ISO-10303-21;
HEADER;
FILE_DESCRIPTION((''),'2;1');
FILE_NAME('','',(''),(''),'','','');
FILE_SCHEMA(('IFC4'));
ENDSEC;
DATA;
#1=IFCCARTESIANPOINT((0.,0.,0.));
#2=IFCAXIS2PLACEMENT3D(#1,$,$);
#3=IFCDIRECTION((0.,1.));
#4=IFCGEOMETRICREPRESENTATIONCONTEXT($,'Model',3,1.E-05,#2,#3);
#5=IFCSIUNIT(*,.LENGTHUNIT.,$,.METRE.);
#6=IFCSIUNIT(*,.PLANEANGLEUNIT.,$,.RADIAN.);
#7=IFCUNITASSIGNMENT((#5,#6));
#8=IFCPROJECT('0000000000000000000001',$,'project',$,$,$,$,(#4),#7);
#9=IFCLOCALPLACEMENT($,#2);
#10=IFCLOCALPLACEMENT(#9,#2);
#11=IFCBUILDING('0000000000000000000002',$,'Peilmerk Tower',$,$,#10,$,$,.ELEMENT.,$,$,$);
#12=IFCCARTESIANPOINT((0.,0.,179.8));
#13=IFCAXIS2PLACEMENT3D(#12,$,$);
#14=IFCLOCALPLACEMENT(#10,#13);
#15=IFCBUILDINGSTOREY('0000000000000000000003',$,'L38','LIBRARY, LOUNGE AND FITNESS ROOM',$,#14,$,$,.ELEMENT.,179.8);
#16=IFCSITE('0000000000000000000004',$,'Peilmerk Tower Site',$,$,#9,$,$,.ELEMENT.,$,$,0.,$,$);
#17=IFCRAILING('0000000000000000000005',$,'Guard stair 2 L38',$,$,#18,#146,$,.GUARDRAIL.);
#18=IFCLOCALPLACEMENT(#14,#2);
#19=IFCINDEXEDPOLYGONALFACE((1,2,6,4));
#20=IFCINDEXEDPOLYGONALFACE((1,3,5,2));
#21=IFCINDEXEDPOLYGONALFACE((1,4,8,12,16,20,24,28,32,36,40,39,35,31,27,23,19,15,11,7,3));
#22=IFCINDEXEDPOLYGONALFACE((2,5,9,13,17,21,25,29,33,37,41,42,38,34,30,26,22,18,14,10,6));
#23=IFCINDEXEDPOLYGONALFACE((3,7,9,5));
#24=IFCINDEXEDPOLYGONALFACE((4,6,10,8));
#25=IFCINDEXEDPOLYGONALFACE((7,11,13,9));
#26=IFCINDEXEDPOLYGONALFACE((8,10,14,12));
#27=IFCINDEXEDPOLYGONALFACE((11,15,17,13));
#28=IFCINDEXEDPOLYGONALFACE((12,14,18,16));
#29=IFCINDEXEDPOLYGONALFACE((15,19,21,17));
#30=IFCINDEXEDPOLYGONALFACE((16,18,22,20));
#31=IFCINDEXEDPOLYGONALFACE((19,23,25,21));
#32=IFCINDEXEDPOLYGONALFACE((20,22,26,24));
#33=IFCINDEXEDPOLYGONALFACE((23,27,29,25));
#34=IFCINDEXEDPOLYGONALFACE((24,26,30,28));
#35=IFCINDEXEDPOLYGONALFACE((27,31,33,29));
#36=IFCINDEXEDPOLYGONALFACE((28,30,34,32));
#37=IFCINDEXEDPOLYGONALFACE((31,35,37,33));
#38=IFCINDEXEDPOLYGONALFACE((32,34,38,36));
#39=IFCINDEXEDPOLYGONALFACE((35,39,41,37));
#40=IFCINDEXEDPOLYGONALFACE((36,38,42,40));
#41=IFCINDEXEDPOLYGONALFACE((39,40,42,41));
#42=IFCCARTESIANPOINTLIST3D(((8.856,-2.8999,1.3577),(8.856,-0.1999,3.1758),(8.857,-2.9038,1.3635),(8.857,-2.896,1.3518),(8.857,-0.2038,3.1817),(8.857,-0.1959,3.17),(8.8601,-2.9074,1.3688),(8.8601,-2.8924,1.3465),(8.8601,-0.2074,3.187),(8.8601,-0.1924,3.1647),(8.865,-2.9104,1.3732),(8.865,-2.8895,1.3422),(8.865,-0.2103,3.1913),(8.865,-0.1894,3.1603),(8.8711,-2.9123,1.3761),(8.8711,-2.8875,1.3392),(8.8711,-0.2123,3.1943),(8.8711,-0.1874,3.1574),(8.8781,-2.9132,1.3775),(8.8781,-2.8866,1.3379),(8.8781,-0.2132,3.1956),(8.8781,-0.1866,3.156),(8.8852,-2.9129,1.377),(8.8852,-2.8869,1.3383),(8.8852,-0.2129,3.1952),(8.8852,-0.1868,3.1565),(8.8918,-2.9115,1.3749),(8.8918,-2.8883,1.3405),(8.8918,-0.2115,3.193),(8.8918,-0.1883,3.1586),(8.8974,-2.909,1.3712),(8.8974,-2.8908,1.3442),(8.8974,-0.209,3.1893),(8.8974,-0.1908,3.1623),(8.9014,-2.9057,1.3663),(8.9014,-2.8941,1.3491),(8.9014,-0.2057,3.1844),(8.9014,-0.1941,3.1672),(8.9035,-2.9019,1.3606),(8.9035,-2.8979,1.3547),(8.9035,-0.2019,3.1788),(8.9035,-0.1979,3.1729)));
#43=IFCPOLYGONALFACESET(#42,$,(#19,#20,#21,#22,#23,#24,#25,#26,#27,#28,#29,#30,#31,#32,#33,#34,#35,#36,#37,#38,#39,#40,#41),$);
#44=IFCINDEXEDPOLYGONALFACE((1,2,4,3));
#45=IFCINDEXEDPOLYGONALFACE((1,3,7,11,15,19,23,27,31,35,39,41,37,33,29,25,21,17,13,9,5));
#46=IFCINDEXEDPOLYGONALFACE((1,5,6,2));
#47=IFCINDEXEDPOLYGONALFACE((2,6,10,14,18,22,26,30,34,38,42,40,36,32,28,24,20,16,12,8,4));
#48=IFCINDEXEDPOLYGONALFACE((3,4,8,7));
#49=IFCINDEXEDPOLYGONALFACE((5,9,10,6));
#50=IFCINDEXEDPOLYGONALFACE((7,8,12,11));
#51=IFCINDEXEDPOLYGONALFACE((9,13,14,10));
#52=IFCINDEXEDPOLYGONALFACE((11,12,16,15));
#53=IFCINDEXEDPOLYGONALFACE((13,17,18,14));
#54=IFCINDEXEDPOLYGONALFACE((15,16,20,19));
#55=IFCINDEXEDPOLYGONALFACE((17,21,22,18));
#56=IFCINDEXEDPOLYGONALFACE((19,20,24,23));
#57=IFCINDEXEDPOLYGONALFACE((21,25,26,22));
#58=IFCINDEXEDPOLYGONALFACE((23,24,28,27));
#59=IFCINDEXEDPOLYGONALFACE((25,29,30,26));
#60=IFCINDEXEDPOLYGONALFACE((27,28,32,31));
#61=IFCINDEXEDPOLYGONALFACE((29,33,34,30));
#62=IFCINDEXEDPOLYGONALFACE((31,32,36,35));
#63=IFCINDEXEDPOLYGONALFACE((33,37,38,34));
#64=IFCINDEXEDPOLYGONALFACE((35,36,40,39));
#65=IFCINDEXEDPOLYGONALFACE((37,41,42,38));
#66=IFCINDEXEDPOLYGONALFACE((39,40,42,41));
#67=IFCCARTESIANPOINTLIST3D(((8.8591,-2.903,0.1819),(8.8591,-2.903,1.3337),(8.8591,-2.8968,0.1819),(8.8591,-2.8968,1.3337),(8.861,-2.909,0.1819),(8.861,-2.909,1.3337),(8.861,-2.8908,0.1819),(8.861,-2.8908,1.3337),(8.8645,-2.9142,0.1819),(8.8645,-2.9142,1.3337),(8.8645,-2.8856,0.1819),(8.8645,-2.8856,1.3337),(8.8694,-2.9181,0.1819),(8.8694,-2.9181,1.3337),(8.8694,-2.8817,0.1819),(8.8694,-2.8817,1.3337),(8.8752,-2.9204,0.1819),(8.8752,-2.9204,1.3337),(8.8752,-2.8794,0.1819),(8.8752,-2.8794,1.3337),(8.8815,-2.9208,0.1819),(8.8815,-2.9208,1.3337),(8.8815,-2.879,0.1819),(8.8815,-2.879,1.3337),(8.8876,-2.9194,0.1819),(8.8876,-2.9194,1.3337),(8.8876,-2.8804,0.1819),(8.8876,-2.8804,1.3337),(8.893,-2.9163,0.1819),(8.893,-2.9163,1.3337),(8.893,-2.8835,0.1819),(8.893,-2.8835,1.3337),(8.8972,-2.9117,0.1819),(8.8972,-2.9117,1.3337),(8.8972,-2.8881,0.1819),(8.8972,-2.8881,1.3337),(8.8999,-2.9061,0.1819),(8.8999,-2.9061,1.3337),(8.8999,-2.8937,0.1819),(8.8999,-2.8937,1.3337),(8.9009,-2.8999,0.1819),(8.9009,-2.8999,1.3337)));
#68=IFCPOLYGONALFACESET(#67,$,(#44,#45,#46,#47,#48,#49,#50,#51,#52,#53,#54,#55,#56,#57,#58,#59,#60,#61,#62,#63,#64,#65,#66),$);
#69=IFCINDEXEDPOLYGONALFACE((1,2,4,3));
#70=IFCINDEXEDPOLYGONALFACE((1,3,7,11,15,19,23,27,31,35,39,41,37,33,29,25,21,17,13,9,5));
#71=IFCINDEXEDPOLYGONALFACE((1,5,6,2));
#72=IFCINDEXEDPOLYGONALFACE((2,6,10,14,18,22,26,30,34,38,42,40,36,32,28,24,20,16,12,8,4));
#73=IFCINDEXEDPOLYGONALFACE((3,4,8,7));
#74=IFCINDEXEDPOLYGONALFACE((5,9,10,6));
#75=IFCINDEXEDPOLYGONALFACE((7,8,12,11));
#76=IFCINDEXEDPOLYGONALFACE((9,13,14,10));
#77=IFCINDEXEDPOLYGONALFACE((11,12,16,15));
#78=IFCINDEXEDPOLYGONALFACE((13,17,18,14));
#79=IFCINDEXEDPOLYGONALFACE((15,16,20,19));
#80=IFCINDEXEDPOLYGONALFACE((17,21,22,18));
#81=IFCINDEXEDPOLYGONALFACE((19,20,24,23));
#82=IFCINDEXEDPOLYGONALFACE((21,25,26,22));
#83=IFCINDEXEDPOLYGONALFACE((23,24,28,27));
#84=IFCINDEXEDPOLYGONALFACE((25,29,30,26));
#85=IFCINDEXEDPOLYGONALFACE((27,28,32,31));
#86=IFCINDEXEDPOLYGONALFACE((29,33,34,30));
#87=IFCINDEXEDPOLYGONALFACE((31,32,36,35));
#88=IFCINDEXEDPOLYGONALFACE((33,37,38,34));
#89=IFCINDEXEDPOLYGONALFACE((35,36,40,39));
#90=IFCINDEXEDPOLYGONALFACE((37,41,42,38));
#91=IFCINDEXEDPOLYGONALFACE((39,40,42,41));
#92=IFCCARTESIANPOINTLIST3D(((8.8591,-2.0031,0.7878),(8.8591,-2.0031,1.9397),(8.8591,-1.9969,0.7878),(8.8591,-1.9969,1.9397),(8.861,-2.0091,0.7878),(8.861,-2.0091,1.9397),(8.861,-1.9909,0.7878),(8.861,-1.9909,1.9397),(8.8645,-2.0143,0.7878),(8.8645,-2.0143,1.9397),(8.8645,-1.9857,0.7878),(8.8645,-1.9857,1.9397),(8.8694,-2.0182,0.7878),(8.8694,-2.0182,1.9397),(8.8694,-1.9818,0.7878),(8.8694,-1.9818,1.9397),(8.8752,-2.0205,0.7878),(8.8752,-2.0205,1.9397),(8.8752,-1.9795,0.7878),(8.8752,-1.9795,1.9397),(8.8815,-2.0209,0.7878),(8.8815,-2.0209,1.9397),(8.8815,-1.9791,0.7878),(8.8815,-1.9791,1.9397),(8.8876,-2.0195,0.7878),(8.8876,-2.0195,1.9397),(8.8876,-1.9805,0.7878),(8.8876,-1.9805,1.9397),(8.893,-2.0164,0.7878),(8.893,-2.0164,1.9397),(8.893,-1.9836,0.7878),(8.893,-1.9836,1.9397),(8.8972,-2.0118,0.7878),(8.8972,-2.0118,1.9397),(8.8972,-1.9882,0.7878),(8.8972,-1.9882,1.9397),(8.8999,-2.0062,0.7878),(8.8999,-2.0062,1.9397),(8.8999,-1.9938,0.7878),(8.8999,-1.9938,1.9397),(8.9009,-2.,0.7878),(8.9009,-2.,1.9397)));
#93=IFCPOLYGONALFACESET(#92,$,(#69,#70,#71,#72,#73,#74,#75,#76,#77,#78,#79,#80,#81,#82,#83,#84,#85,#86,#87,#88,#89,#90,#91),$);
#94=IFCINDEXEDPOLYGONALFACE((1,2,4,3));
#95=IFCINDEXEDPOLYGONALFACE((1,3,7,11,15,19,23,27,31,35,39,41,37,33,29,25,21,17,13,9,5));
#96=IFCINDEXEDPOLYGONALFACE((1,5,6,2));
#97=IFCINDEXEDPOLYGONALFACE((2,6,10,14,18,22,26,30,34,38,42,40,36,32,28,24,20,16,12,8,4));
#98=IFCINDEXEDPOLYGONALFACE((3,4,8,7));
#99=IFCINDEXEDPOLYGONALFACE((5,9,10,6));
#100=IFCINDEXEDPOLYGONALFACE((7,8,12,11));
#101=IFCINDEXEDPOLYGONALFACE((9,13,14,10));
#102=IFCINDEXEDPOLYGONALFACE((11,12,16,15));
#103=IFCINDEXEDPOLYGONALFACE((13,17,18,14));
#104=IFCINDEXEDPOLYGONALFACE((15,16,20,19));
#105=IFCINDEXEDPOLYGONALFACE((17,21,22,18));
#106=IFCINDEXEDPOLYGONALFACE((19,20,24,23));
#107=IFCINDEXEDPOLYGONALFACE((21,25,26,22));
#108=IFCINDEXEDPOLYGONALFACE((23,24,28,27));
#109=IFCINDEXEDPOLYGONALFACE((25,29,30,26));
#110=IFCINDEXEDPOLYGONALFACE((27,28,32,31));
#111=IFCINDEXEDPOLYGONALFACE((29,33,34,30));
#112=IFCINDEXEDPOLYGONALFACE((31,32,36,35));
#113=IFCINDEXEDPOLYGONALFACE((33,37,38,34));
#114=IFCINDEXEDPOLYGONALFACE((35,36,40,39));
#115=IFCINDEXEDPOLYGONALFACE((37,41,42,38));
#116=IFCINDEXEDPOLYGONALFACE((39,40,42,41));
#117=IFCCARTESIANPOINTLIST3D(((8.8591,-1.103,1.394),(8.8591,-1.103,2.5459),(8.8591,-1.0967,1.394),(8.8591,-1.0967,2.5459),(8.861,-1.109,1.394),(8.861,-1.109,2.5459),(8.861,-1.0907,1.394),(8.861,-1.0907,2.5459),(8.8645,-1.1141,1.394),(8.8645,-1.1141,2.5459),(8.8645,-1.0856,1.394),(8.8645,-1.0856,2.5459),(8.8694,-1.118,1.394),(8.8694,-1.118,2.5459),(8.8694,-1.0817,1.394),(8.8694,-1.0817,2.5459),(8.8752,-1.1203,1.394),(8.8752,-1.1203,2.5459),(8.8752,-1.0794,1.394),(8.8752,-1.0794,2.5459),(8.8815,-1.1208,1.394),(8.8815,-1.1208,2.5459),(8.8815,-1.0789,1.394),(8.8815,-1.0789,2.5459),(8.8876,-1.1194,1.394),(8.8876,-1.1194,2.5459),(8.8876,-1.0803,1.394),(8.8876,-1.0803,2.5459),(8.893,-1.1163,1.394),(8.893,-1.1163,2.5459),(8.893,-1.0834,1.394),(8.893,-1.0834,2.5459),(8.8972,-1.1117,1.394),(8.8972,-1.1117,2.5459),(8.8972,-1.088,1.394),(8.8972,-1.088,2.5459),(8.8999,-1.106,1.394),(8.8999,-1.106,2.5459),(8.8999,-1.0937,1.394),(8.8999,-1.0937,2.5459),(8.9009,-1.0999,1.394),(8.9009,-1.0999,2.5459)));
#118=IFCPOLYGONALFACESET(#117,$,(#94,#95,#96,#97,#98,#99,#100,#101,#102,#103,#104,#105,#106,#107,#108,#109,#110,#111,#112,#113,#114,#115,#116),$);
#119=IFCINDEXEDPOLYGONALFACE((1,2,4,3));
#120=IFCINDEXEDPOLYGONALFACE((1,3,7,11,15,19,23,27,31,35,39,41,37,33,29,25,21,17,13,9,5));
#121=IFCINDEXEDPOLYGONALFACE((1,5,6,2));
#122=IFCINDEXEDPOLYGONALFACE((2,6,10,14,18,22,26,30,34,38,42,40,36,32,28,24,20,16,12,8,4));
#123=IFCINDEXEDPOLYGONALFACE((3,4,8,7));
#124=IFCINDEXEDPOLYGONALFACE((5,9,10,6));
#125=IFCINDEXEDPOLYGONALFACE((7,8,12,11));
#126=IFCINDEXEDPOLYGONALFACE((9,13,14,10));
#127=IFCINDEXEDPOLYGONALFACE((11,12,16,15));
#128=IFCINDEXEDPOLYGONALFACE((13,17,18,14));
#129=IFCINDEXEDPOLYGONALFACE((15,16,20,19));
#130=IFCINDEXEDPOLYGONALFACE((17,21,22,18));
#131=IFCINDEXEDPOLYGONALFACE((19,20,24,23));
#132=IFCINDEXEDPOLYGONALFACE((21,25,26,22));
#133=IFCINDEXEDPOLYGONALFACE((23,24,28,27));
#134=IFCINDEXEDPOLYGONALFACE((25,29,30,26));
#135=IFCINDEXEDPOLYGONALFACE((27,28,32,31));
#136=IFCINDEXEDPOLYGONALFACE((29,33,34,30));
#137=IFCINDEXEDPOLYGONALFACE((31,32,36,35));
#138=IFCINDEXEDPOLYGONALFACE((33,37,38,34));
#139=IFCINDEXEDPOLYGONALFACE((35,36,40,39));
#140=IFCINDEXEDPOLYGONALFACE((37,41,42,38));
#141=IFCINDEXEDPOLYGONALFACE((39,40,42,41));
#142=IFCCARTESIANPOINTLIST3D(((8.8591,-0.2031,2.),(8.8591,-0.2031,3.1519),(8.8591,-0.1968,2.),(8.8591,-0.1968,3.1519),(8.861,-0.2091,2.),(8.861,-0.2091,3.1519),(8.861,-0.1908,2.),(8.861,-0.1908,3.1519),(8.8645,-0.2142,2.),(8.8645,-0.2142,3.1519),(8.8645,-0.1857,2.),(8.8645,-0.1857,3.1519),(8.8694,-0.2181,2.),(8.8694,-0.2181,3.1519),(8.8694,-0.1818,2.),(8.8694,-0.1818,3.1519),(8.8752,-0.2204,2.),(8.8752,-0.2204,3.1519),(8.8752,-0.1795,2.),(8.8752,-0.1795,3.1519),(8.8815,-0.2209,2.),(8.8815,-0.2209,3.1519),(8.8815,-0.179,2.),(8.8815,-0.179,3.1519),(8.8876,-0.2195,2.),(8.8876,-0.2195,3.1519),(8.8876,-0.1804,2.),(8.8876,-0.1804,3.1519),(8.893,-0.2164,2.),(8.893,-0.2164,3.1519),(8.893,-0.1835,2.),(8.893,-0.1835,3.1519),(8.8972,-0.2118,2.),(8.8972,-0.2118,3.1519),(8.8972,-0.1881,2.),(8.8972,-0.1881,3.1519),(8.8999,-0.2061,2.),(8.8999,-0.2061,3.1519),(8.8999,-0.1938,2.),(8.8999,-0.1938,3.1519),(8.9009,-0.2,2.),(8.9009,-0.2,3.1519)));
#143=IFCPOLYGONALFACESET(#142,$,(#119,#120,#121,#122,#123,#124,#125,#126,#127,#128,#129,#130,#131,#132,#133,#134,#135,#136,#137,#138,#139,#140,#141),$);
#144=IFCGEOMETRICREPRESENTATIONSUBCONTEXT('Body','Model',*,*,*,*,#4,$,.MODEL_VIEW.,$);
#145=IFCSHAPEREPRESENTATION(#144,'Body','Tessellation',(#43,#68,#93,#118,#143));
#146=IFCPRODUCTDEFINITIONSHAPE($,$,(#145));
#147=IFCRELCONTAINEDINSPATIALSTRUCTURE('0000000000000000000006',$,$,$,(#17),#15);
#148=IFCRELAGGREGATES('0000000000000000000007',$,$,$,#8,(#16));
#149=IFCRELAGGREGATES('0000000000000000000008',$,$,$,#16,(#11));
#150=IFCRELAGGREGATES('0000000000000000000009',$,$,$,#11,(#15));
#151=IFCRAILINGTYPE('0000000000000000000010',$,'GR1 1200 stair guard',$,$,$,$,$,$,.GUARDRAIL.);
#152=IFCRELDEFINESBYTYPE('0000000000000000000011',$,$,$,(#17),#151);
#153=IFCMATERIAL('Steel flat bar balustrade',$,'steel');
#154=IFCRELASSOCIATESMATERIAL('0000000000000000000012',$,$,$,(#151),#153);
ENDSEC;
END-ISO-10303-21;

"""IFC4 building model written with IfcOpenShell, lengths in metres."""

from ifc_helpers import new_model, si_unit, direction, frame, origin, origin_2d, place, context, subcontext, project, spatial, circle, extrude, material, type_object, element, save


model = new_model("IFC4")

# Units and contexts
model_context = context("Model", 3, precision=1e-05, world=origin(), true_north=direction((0.0, 1.0)))
body_context = subcontext(model_context, "Body", "Model", "MODEL_VIEW")
ifc_project = project(units=[si_unit("LENGTHUNIT", "METRE"), si_unit("PLANEANGLEUNIT", "RADIAN")], contexts=[model_context])

# Site, building, storey
site_placement = place(None, origin())
site = spatial("IfcSite", under=ifc_project, at=site_placement, Name="Peilmerk Tower Site", CompositionType="ELEMENT", RefElevation=0.0)
building_placement = place(site_placement, origin())
building = spatial("IfcBuilding", under=site, at=building_placement, Name="Peilmerk Tower", CompositionType="ELEMENT")
storey_placement = place(building_placement, frame((0.0, 0.0, 179.8)))
storey = spatial("IfcBuildingStorey", under=building, at=storey_placement, Name="L38", Description="LIBRARY, LOUNGE AND FITNESS ROOM", CompositionType="ELEMENT", Elevation=179.8)

# Railing
ifc_material_1 = material(Name="Steel flat bar balustrade", Category="steel")
railing_type_1 = type_object("IfcRailingType", Name="GR1 1200 stair guard", PredefinedType="GUARDRAIL", material=ifc_material_1)
railing_1_placement = place(storey_placement, frame((8.8799, -2.8999, 0.1819)))
element("IfcRailing", 1, at=railing_1_placement, inside=storey, type_object=railing_type_1, Name="Guard stair 2 L38", PredefinedType="GUARDRAIL", context=body_context, shape_type="SweptSolid", body=[
    extrude(circle(Radius=0.0239, at=origin_2d()), frame((0.0, 0.0, 1.1758), z_axis=(0.0, 0.829468, 0.558554), x_axis=(-1.0, 0.0, 0.0)), (0.0, 0.0, 1.0), 3.2551),
    extrude(circle(Radius=0.021, at=origin_2d()), origin(), (0.0, 0.0, 1.0), 1.1519),
    extrude(circle(Radius=0.021, at=origin_2d()), frame((0.0, 0.8999, 0.606)), (0.0, 0.0, 1.0), 1.1519),
    extrude(circle(Radius=0.021, at=origin_2d()), frame((0.0, 1.8, 1.2122)), (0.0, 0.0, 1.0), 1.1519),
    extrude(circle(Radius=0.021, at=origin_2d()), frame((0.0, 2.7, 1.8181)), (0.0, 0.0, 1.0), 1.1519),
])

save(model, "model.ifc")
